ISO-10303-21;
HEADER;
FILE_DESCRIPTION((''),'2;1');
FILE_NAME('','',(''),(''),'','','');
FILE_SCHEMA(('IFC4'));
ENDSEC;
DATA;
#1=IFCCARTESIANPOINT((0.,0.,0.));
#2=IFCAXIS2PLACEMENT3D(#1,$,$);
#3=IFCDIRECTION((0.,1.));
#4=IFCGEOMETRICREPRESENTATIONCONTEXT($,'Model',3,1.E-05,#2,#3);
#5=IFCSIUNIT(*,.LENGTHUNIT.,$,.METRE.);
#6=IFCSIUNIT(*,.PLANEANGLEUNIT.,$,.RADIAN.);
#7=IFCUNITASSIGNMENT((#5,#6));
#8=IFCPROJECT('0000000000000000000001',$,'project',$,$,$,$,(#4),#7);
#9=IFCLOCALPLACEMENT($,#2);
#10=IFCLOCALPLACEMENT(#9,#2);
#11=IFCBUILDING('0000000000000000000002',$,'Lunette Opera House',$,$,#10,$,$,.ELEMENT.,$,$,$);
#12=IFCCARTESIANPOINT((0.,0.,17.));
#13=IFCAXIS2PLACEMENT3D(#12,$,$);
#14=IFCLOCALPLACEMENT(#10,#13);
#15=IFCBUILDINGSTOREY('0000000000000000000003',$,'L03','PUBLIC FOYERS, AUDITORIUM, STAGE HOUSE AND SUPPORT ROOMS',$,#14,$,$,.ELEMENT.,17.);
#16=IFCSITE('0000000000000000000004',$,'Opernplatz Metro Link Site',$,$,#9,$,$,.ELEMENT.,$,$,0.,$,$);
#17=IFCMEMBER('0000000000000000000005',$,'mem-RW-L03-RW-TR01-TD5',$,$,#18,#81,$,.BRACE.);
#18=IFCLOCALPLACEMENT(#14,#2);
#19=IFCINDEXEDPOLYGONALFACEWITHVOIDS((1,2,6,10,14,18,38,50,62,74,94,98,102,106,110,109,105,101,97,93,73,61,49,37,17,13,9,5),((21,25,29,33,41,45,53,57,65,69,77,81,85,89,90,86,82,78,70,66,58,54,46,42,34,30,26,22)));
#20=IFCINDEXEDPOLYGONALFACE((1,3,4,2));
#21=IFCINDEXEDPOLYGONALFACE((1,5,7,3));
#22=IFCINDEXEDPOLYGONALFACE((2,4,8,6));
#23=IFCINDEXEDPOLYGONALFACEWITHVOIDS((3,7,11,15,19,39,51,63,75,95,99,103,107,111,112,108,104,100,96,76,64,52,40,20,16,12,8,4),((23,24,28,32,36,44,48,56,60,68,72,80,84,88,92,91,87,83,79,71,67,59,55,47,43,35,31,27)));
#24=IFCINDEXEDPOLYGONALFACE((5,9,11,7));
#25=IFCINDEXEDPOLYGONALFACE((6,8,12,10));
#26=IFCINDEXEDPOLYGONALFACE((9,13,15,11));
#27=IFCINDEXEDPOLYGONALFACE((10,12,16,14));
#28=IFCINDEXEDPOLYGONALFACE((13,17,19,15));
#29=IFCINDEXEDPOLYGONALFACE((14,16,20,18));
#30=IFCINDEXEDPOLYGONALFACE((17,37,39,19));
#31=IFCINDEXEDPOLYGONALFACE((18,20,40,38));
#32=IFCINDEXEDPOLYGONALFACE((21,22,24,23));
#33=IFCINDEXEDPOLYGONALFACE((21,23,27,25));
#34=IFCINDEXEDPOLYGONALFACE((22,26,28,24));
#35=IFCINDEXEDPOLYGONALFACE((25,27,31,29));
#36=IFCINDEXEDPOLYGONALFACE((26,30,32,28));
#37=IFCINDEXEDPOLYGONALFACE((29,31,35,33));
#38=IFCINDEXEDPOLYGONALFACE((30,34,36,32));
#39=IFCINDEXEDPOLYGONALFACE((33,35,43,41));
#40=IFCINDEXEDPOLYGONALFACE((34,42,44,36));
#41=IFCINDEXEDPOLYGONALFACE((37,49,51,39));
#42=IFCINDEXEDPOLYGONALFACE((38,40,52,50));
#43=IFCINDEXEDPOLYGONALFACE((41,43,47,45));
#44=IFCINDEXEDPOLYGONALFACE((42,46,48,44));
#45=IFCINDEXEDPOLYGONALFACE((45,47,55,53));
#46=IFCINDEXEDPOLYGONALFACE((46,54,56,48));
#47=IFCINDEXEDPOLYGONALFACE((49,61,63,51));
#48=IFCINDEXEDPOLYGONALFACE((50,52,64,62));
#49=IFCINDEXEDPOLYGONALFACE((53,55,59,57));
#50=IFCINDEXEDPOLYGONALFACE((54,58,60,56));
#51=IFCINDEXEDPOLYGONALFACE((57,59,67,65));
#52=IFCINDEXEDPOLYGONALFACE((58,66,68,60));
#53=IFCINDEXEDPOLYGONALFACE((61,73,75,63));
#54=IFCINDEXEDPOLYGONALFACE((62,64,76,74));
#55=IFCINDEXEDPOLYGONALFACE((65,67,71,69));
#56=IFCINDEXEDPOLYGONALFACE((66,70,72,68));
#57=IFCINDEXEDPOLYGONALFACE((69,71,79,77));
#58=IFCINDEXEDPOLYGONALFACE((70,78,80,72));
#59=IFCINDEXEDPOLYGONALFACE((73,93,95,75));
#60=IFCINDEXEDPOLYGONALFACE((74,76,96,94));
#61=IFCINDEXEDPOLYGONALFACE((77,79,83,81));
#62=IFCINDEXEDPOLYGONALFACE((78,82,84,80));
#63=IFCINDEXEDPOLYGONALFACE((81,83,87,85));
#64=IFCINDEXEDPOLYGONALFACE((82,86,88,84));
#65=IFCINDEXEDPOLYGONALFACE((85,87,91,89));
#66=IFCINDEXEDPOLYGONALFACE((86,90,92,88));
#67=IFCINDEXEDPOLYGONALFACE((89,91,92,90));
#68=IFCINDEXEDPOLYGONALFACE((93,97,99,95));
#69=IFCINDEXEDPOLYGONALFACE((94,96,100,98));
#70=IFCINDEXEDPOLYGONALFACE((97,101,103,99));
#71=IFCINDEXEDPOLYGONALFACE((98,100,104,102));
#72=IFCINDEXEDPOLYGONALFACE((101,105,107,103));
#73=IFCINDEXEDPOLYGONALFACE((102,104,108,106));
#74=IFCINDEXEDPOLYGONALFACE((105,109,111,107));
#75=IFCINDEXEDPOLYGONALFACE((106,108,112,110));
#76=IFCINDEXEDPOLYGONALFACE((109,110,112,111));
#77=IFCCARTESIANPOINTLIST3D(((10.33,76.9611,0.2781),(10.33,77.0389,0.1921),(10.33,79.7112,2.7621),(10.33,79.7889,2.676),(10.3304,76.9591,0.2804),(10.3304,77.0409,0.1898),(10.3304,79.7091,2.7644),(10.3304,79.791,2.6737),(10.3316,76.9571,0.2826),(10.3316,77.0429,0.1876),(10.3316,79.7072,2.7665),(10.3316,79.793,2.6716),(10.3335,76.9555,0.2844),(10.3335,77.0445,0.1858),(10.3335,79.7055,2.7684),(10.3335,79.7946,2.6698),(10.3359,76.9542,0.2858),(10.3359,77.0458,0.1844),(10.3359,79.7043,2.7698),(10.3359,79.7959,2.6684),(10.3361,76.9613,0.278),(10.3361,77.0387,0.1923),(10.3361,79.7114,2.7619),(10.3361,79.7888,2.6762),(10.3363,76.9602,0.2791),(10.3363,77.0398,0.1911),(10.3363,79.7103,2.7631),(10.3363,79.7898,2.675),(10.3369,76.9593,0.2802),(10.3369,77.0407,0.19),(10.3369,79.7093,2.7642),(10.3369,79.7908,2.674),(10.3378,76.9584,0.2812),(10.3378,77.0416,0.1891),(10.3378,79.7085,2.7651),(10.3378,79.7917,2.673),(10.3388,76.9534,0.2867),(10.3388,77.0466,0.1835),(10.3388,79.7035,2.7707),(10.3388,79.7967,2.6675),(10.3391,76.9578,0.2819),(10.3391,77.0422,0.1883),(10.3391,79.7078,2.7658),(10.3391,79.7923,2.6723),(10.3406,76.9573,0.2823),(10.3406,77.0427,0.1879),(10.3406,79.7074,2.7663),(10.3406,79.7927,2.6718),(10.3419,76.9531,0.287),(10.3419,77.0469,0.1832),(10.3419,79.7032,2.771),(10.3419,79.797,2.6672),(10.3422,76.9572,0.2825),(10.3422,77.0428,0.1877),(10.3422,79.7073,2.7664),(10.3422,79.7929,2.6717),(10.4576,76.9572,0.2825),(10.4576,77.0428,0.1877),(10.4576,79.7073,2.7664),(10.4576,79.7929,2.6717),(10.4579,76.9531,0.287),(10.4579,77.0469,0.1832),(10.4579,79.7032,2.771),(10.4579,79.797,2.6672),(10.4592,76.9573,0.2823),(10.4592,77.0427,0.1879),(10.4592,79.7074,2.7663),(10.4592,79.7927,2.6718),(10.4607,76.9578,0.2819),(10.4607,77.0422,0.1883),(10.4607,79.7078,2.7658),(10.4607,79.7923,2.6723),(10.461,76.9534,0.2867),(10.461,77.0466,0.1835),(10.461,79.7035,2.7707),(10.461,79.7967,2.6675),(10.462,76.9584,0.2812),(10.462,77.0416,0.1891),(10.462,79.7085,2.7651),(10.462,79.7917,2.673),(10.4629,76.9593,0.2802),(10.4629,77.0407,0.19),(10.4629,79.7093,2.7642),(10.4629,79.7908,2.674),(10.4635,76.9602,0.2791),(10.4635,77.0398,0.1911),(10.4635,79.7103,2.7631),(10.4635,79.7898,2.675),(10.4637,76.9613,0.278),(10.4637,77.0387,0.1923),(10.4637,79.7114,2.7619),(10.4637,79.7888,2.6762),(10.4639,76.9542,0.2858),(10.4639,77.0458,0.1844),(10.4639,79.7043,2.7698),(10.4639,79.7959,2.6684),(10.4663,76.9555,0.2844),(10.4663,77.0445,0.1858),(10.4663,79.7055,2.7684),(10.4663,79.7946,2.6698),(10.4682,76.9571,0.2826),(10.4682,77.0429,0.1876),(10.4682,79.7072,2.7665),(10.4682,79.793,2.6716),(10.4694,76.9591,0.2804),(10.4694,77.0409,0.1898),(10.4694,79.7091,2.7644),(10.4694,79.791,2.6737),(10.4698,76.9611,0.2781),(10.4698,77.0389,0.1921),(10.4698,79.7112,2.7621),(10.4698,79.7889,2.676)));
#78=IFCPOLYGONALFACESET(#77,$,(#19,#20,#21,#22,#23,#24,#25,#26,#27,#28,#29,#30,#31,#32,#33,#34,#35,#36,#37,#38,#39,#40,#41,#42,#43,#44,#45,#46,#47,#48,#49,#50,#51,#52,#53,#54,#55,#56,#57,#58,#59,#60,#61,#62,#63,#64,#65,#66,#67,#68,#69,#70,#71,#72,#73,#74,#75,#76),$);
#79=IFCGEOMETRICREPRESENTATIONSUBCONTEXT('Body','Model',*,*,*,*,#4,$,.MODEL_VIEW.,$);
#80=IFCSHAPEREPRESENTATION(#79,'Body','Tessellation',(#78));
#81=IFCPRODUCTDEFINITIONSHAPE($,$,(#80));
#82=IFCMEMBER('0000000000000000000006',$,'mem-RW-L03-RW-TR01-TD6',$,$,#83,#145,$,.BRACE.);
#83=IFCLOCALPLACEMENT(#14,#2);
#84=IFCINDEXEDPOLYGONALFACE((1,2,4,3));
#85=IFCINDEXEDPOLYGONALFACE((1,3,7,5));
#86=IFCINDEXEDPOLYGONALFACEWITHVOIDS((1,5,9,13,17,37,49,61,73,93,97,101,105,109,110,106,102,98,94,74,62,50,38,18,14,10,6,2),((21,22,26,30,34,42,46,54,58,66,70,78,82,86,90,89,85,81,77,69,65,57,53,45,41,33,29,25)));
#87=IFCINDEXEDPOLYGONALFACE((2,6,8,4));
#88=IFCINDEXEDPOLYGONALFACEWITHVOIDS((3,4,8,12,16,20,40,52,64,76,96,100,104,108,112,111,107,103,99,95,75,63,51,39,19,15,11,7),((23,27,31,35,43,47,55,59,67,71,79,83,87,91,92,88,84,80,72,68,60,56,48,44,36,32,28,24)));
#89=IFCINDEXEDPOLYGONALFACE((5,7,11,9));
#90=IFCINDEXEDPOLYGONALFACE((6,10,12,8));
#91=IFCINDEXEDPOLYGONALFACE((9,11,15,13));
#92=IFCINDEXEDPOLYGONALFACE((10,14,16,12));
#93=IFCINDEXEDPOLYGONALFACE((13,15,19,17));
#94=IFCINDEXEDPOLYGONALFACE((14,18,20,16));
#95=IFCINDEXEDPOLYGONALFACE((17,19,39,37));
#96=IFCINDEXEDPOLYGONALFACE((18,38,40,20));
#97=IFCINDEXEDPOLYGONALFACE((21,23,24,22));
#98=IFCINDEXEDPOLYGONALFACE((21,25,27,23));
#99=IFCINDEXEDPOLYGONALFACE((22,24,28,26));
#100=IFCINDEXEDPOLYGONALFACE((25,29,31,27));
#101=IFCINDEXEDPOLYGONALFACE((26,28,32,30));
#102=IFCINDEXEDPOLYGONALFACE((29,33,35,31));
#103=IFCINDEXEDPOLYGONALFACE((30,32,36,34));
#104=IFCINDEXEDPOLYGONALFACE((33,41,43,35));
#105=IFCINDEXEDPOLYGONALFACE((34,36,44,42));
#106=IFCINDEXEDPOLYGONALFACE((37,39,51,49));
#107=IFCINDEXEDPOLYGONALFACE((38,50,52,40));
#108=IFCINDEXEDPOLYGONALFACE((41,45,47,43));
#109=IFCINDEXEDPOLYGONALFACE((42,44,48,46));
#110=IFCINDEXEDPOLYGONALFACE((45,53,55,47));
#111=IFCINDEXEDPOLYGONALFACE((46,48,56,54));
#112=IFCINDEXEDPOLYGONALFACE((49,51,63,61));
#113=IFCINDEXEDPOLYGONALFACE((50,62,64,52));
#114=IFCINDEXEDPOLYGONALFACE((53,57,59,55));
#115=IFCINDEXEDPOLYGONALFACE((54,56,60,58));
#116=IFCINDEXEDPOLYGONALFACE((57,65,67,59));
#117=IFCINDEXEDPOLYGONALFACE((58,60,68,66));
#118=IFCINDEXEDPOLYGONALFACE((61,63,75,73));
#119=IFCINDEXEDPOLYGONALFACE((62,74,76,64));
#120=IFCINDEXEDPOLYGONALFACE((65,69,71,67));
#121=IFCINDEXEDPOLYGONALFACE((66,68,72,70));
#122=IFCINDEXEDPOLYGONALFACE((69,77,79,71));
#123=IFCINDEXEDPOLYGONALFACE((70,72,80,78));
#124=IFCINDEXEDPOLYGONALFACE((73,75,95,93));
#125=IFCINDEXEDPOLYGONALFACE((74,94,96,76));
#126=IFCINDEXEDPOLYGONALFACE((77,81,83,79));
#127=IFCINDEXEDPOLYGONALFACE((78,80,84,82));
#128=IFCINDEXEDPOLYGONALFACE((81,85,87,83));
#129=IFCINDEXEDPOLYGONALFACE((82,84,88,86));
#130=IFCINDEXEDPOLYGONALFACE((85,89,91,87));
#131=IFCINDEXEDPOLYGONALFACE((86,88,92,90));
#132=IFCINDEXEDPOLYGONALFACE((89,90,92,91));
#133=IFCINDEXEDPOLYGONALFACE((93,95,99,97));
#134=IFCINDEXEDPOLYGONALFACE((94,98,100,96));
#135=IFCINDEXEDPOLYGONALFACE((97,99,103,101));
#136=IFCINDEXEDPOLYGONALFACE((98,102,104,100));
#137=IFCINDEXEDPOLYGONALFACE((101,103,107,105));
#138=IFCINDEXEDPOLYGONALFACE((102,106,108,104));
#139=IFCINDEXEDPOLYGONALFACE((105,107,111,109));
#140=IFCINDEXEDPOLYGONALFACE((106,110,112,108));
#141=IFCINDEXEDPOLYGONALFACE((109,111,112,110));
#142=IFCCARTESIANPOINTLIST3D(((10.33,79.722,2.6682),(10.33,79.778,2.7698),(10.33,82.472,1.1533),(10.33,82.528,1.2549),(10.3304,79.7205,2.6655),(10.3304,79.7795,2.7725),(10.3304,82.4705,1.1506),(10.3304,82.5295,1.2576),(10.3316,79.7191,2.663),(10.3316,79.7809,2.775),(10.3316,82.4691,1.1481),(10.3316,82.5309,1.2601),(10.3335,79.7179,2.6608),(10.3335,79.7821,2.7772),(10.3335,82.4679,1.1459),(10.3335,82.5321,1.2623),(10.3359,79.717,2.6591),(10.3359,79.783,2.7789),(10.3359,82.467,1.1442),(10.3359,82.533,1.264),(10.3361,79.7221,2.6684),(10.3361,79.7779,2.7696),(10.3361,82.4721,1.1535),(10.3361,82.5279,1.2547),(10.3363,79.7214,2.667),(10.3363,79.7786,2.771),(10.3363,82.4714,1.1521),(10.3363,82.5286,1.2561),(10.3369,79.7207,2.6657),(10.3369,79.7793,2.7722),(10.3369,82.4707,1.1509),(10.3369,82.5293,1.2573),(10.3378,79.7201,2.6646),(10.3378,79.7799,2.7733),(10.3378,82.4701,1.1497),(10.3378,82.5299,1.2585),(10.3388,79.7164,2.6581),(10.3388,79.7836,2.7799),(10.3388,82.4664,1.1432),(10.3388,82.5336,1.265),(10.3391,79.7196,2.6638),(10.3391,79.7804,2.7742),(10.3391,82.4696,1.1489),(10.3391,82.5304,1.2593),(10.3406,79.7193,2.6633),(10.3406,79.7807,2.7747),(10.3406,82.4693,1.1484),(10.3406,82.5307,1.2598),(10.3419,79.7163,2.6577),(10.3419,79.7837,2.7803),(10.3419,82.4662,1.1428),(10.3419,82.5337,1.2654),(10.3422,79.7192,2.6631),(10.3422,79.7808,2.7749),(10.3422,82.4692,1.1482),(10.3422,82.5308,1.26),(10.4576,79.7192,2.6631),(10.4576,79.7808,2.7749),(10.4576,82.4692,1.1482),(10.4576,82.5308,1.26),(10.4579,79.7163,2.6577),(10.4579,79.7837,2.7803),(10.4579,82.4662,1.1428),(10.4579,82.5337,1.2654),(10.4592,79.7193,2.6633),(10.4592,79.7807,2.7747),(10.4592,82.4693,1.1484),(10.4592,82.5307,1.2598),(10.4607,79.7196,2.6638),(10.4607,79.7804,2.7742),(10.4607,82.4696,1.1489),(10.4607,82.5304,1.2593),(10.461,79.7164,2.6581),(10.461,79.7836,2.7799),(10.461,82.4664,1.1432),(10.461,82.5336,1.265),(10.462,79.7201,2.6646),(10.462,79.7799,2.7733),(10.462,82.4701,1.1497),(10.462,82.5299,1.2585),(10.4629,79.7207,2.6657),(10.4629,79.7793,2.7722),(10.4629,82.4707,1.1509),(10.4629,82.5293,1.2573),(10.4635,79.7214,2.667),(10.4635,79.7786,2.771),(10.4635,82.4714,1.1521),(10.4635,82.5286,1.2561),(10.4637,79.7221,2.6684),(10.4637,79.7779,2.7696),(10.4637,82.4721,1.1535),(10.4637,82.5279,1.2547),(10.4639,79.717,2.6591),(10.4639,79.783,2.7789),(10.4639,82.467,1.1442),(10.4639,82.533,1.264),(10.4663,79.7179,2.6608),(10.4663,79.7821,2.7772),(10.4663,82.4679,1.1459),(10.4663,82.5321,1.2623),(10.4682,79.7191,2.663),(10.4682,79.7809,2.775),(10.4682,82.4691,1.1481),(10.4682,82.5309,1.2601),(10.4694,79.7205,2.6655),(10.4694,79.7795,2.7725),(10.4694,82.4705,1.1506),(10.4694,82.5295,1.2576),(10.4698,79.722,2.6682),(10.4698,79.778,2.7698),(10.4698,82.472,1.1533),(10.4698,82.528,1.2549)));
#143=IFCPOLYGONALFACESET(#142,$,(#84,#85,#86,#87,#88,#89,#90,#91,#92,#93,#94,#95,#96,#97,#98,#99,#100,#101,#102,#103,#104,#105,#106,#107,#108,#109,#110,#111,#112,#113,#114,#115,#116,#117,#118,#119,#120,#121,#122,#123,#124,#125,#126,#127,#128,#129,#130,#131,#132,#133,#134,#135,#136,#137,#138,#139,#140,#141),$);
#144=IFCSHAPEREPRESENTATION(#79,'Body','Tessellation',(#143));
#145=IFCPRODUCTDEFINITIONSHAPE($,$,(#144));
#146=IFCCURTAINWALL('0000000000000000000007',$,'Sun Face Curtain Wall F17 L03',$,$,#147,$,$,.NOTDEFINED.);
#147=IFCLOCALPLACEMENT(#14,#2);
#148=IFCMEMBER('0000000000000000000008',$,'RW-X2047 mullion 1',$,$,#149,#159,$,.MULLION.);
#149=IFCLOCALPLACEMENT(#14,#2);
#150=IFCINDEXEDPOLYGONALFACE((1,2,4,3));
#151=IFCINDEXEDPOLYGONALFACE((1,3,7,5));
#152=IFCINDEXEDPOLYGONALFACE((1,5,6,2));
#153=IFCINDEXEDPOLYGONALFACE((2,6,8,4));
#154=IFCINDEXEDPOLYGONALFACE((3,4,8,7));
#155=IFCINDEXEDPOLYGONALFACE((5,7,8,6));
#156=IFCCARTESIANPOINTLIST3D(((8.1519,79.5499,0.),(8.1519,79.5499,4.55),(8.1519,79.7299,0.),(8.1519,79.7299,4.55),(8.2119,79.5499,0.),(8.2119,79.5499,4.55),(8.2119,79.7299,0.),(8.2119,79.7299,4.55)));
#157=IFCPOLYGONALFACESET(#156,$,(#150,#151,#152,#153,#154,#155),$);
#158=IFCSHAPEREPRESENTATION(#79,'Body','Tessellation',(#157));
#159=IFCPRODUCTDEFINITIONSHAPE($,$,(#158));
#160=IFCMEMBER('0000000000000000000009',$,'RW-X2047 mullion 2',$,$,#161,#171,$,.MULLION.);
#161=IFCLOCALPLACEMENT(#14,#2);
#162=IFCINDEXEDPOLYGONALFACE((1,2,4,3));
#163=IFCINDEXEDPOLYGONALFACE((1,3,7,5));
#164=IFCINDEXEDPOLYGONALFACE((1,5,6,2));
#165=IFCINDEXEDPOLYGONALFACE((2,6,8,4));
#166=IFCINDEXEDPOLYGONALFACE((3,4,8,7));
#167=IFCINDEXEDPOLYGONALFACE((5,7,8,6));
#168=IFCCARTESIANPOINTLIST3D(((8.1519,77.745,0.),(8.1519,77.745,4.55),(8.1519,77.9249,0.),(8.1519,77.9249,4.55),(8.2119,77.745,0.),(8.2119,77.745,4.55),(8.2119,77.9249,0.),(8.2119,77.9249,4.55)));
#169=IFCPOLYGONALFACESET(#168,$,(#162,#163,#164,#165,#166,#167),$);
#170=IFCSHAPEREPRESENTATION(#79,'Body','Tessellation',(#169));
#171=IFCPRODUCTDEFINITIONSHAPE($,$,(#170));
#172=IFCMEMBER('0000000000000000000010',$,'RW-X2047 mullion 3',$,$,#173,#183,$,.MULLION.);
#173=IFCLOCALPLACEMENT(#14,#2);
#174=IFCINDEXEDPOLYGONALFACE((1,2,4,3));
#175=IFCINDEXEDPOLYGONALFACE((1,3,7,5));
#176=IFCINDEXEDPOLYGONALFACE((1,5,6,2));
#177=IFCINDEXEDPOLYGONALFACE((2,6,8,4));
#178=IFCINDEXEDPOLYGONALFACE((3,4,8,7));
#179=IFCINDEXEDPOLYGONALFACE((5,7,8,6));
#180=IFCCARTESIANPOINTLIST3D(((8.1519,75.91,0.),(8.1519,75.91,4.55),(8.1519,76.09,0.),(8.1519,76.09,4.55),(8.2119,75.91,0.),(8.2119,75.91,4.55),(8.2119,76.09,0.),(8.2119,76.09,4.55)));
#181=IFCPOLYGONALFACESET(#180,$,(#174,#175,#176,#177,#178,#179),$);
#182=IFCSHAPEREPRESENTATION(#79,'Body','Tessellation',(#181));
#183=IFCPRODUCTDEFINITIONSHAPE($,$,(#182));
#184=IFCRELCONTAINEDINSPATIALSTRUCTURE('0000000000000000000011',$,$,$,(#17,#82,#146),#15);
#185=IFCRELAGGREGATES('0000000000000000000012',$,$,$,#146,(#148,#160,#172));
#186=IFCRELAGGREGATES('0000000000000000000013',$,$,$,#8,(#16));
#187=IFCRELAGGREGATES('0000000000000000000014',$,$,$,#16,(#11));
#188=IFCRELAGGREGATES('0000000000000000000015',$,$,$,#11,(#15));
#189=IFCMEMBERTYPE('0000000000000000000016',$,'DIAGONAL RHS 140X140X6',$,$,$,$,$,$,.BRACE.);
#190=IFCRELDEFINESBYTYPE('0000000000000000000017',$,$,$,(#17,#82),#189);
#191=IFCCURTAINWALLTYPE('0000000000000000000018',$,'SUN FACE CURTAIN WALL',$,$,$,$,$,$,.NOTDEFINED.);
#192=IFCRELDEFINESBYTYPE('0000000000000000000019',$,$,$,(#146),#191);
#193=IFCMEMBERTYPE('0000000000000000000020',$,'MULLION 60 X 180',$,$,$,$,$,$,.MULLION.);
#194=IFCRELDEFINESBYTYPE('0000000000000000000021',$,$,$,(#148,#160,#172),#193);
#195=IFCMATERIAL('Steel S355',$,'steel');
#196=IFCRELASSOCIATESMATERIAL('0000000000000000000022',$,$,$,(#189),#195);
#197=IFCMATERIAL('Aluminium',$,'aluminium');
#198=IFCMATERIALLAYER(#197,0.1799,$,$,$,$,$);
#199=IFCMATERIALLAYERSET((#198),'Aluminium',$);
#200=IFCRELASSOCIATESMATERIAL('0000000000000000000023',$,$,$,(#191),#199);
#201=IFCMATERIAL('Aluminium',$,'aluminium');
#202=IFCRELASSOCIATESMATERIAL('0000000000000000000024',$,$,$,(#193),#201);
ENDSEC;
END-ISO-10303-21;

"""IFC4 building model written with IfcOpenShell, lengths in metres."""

from ifc_helpers import new_model, si_unit, direction, frame, origin, origin_2d, place, context, subcontext, project, spatial, rectangle, hollow_rectangle, extrude, material, layer, layer_set, material_profile, profile_set, type_object, element, aggregate, save


model = new_model("IFC4")

# Units and contexts
model_context = context("Model", 3, precision=1e-05, world=origin(), true_north=direction((0.0, 1.0)))
body_context = subcontext(model_context, "Body", "Model", "MODEL_VIEW")
ifc_project = project(units=[si_unit("LENGTHUNIT", "METRE"), si_unit("PLANEANGLEUNIT", "RADIAN")], contexts=[model_context])

# Site, building, storey
site_placement = place(None, origin())
site = spatial("IfcSite", under=ifc_project, at=site_placement, Name="Opernplatz Metro Link Site", CompositionType="ELEMENT", RefElevation=0.0)
building_placement = place(site_placement, origin())
building = spatial("IfcBuilding", under=site, at=building_placement, Name="Lunette Opera House", CompositionType="ELEMENT")
storey_placement = place(building_placement, frame((0.0, 0.0, 17.0)))
storey = spatial("IfcBuildingStorey", under=building, at=storey_placement, Name="L03", Description="PUBLIC FOYERS, AUDITORIUM, STAGE HOUSE AND SUPPORT ROOMS", CompositionType="ELEMENT", Elevation=17.0)

# Members
ifc_material_1 = material(Name="Steel S355", Category="steel")
ifc_material_profile_1 = material_profile(ifc_material_1, hollow_rectangle(XDim=0.1399, YDim=0.1399, WallThickness=0.0061, InnerFilletRadius=0.0061, OuterFilletRadius=0.012, at=origin_2d()), Name="RHS 140X140X6")
ifc_profile_set_1 = profile_set([ifc_material_profile_1], Name="Steel S355")
member_type_1 = type_object("IfcMemberType", Name="DIAGONAL RHS 140X140X6", PredefinedType="BRACE", material=ifc_profile_set_1)
member_1_placement = place(storey_placement, frame((10.3999, 77.0, 0.2351), z_axis=(0.0, 0.742101, 0.670289), x_axis=(-1.0, 0.0, 0.0)))
element("IfcMember", 1, at=member_1_placement, inside=storey, type_object=member_type_1, Name="mem-RW-L03-RW-TR01-TD5", PredefinedType="BRACE", context=body_context, shape_type="SweptSolid", body=[
    extrude(hollow_rectangle(XDim=0.1399, YDim=0.1399, WallThickness=0.0061, InnerFilletRadius=0.0061, OuterFilletRadius=0.012, at=origin_2d()), origin(), (0.0, 0.0, 1.0), 3.7058),
])
member_2_placement = place(storey_placement, frame((10.3999, 79.75, 2.719), z_axis=(0.0, 0.875894, -0.482504), x_axis=(-1.0, 0.0, 0.0)))
element("IfcMember", 2, at=member_2_placement, inside=storey, type_object=member_type_1, Name="mem-RW-L03-RW-TR01-TD6", PredefinedType="BRACE", context=body_context, shape_type="SweptSolid", body=[
    extrude(hollow_rectangle(XDim=0.1399, YDim=0.1399, WallThickness=0.0061, InnerFilletRadius=0.0061, OuterFilletRadius=0.012, at=origin_2d()), origin(), (0.0, 0.0, 1.0), 3.1396),
])

# Curtain wall, members
ifc_material_2 = material(Name="Aluminium", Category="aluminium")
ifc_layer_1 = layer(ifc_material_2, 0.1799)
ifc_layer_set_1 = layer_set([ifc_layer_1], Name="Aluminium")
curtain_wall_type = type_object("IfcCurtainWallType", Name="SUN FACE CURTAIN WALL", PredefinedType="NOTDEFINED", material=ifc_layer_set_1)
curtain_wall_placement = place(storey_placement, origin())
curtain_wall = element("IfcCurtainWall", 3, at=curtain_wall_placement, inside=storey, type_object=curtain_wall_type, Name="Sun Face Curtain Wall F17 L03", PredefinedType="NOTDEFINED")
ifc_material_3 = material(Name="Aluminium", Category="aluminium")
ifc_material_profile_2 = material_profile(ifc_material_3, rectangle(XDim=0.0601, YDim=0.1799, at=origin_2d()), Name="MULLION 60 X 180")
ifc_profile_set_2 = profile_set([ifc_material_profile_2], Name="Aluminium")
member_type_2 = type_object("IfcMemberType", Name="MULLION 60 X 180", PredefinedType="MULLION", material=ifc_profile_set_2)
member_3_placement = place(storey_placement, frame((8.1819, 79.6399, 0.0), z_axis=(0.0, 0.0, 1.0), x_axis=(1.0, 0.0, 0.0)))
member_3 = element("IfcMember", 4, at=member_3_placement, type_object=member_type_2, Name="RW-X2047 mullion 1", PredefinedType="MULLION", context=body_context, shape_type="SweptSolid", body=[
    extrude(rectangle(XDim=0.0601, YDim=0.1799, at=origin_2d()), origin(), (0.0, 0.0, 1.0), 4.55),
])
member_4_placement = place(storey_placement, frame((8.1819, 77.835, 0.0), z_axis=(0.0, 0.0, 1.0), x_axis=(1.0, 0.0, 0.0)))
member_4 = element("IfcMember", 5, at=member_4_placement, type_object=member_type_2, Name="RW-X2047 mullion 2", PredefinedType="MULLION", context=body_context, shape_type="SweptSolid", body=[
    extrude(rectangle(XDim=0.0601, YDim=0.1799, at=origin_2d()), origin(), (0.0, 0.0, 1.0), 4.55),
])
member_5_placement = place(storey_placement, frame((8.1819, 76.0, 0.0), z_axis=(0.0, 0.0, 1.0), x_axis=(1.0, 0.0, 0.0)))
member_5 = element("IfcMember", 6, at=member_5_placement, type_object=member_type_2, Name="RW-X2047 mullion 3", PredefinedType="MULLION", context=body_context, shape_type="SweptSolid", body=[
    extrude(rectangle(XDim=0.0601, YDim=0.1799, at=origin_2d()), origin(), (0.0, 0.0, 1.0), 4.55),
])

aggregate(curtain_wall, [member_3, member_4, member_5])

save(model, "model.ifc")
